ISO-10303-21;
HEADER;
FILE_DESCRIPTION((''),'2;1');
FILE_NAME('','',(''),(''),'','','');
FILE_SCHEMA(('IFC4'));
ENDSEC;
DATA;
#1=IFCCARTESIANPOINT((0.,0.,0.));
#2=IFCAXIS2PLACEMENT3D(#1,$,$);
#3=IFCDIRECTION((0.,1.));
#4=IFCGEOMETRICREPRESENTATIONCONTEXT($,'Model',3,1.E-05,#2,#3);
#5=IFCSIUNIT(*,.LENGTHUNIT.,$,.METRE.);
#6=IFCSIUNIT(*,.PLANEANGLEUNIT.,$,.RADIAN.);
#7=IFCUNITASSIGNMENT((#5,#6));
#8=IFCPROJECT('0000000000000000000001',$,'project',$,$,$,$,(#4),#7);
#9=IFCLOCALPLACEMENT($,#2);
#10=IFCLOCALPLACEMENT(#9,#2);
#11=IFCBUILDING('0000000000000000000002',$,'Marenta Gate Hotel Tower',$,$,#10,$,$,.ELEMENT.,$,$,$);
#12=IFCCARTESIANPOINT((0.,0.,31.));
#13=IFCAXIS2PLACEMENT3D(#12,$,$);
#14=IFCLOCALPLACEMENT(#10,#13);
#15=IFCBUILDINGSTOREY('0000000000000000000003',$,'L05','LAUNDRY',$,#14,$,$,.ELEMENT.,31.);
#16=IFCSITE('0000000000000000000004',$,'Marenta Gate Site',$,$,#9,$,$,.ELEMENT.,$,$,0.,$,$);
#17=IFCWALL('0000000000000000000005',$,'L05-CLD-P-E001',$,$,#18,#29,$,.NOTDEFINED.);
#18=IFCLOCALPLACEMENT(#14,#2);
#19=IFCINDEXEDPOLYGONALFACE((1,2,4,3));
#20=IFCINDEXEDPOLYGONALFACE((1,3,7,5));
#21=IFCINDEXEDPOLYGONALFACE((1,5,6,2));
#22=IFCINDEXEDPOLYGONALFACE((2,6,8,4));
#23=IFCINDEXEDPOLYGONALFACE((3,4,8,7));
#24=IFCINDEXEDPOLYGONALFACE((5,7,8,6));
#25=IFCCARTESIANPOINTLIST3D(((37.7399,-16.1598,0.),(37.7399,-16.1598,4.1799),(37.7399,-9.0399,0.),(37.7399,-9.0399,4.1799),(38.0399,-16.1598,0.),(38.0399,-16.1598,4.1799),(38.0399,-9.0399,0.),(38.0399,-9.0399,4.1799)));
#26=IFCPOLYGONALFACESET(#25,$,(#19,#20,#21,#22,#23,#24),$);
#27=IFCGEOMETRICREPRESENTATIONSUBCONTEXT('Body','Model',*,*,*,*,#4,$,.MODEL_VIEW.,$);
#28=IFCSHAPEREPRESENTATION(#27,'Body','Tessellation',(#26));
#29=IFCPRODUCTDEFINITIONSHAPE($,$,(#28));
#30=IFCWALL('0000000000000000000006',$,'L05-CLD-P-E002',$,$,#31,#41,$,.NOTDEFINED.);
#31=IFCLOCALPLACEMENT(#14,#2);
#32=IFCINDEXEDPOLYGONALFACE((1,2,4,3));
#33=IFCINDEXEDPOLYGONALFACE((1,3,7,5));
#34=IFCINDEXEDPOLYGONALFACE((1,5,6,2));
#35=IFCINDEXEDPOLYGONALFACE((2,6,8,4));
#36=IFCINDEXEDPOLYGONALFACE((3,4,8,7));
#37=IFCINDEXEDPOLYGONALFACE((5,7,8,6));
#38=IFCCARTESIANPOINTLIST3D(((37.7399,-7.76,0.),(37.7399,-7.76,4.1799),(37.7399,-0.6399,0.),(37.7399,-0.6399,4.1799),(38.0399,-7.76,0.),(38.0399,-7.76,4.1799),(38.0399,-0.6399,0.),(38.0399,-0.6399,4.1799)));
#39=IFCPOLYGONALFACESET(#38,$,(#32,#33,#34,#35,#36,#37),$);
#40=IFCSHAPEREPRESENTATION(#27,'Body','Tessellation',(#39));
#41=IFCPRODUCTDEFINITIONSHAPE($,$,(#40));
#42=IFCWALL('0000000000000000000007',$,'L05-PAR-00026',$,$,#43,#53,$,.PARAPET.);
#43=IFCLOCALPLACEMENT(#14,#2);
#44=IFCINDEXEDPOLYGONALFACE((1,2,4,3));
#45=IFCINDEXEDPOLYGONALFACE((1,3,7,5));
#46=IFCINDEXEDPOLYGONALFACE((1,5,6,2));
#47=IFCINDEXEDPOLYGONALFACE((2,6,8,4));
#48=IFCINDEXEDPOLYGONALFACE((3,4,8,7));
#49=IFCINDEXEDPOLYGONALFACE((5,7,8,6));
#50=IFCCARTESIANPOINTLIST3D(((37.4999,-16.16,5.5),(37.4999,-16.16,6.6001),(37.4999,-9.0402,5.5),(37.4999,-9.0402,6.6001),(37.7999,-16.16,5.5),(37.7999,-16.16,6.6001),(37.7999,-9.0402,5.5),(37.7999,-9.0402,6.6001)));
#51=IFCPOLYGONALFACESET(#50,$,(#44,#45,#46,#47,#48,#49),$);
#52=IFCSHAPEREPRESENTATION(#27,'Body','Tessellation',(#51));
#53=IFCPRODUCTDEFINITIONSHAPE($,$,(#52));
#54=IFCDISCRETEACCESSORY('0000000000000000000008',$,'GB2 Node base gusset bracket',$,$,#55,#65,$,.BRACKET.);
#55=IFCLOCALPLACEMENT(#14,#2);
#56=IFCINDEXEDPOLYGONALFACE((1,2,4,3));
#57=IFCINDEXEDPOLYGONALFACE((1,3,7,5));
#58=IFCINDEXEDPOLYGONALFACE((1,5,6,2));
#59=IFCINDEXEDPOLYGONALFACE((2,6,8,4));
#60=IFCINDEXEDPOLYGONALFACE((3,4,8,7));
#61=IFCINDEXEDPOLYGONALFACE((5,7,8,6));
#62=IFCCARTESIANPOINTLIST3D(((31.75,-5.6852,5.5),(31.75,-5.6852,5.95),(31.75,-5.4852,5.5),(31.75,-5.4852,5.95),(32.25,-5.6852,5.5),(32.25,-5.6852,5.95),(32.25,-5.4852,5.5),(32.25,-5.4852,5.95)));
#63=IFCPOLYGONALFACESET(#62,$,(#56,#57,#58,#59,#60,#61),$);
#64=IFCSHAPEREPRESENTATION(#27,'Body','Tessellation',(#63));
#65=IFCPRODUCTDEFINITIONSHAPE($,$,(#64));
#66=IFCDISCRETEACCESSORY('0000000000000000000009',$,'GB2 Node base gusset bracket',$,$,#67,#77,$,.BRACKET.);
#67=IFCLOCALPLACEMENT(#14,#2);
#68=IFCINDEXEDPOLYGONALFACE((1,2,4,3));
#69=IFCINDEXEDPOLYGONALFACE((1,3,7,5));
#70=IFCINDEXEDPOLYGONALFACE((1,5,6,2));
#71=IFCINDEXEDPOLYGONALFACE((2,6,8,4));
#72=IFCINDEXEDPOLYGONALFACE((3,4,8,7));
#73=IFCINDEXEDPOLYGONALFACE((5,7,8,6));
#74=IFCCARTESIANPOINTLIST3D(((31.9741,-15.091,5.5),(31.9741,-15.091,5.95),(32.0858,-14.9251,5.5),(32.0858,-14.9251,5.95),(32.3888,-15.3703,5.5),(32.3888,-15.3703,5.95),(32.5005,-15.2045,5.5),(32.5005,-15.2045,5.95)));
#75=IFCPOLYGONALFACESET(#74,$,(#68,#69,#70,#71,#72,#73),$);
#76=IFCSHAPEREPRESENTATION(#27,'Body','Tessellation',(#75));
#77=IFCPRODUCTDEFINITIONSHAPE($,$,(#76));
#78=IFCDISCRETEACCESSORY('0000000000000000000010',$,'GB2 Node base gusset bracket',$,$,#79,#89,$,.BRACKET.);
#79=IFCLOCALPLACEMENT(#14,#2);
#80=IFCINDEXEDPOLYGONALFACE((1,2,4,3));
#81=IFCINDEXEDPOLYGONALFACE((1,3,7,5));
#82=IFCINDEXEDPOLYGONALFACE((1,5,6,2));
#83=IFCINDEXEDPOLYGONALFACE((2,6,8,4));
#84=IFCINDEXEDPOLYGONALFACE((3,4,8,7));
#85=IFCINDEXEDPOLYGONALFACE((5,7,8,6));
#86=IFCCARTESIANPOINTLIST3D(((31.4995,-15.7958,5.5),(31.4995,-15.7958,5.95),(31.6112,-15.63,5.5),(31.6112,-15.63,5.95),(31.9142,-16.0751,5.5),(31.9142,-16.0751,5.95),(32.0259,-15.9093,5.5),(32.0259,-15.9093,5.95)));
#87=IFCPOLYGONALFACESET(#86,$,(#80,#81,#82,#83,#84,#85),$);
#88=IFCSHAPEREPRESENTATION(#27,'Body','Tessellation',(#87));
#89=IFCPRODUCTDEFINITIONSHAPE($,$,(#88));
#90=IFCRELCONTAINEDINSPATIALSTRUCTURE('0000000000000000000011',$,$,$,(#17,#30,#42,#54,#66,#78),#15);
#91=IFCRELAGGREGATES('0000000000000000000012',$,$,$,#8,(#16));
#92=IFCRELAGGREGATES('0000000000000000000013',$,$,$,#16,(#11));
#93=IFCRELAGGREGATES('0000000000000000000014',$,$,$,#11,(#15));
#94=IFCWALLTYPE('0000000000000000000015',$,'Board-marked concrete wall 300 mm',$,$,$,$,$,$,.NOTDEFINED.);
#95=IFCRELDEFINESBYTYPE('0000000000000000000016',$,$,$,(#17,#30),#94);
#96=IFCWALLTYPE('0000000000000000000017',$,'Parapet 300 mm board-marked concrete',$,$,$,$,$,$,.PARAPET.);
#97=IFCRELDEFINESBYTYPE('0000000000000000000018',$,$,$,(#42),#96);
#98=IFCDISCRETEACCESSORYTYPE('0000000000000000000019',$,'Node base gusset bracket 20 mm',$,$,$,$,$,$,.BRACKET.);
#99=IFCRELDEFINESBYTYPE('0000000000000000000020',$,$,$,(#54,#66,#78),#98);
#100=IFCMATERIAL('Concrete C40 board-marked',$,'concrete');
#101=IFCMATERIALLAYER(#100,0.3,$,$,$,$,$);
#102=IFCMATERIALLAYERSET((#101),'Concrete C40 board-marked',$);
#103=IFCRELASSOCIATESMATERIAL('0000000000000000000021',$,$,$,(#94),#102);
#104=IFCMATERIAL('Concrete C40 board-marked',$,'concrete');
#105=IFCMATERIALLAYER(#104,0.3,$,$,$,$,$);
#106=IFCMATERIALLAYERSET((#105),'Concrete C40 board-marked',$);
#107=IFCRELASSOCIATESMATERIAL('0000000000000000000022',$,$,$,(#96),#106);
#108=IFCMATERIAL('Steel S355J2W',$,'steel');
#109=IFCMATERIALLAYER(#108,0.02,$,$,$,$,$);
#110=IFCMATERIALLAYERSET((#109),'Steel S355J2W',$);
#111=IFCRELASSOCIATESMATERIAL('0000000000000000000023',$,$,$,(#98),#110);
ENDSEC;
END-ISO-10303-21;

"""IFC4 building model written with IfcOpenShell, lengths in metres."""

from ifc_helpers import new_model, si_unit, direction, frame, frame_2d, origin, origin_2d, place, context, subcontext, project, spatial, rectangle, extrude, material, layer, layer_set, type_object, element, save


model = new_model("IFC4")

# Units and contexts
model_context = context("Model", 3, precision=1e-05, world=origin(), true_north=direction((0.0, 1.0)))
body_context = subcontext(model_context, "Body", "Model", "MODEL_VIEW")
ifc_project = project(units=[si_unit("LENGTHUNIT", "METRE"), si_unit("PLANEANGLEUNIT", "RADIAN")], contexts=[model_context])

# Site, building, storey
site_placement = place(None, origin())
site = spatial("IfcSite", under=ifc_project, at=site_placement, Name="Marenta Gate Site", CompositionType="ELEMENT", RefElevation=0.0)
building_placement = place(site_placement, origin())
building = spatial("IfcBuilding", under=site, at=building_placement, Name="Marenta Gate Hotel Tower", CompositionType="ELEMENT")
storey_placement = place(building_placement, frame((0.0, 0.0, 31.0)))
storey = spatial("IfcBuildingStorey", under=building, at=storey_placement, Name="L05", Description="LAUNDRY", CompositionType="ELEMENT", Elevation=31.0)

# Walls
ifc_material_1 = material(Name="Concrete C40 board-marked", Category="concrete")
ifc_layer_1 = layer(ifc_material_1, 0.3)
ifc_layer_set_1 = layer_set([ifc_layer_1], Name="Concrete C40 board-marked")
wall_type_1 = type_object("IfcWallType", Name="Board-marked concrete wall 300 mm", PredefinedType="NOTDEFINED", material=ifc_layer_set_1)
wall_1_placement = place(storey_placement, frame((37.8899, -16.1599, 0.0), z_axis=(0.0, 0.0, 1.0), x_axis=(0.0, 1.0, 0.0)))
element("IfcWall", 1, at=wall_1_placement, inside=storey, type_object=wall_type_1, Name="L05-CLD-P-E001", PredefinedType="NOTDEFINED", context=body_context, shape_type="SweptSolid", body=[
    extrude(rectangle(XDim=7.1199, YDim=0.3, at=frame_2d((3.5601, 0.0))), origin(), (0.0, 0.0, 1.0), 4.1799),
])
wall_2_placement = place(storey_placement, frame((37.8899, -7.76, 0.0), z_axis=(0.0, 0.0, 1.0), x_axis=(0.0, 1.0, 0.0)))
element("IfcWall", 2, at=wall_2_placement, inside=storey, type_object=wall_type_1, Name="L05-CLD-P-E002", PredefinedType="NOTDEFINED", context=body_context, shape_type="SweptSolid", body=[
    extrude(rectangle(XDim=7.1201, YDim=0.3, at=frame_2d((3.5601, 0.0))), origin(), (0.0, 0.0, 1.0), 4.1799),
])
ifc_material_2 = material(Name="Concrete C40 board-marked", Category="concrete")
ifc_layer_2 = layer(ifc_material_2, 0.3)
ifc_layer_set_2 = layer_set([ifc_layer_2], Name="Concrete C40 board-marked")
wall_type_2 = type_object("IfcWallType", Name="Parapet 300 mm board-marked concrete", PredefinedType="PARAPET", material=ifc_layer_set_2)
wall_3_placement = place(storey_placement, frame((37.6499, -9.04, 5.5), z_axis=(0.0, 0.0, 1.0), x_axis=(0.0, -1.0, 0.0)))
element("IfcWall", 3, at=wall_3_placement, inside=storey, type_object=wall_type_2, Name="L05-PAR-00026", PredefinedType="PARAPET", context=body_context, shape_type="SweptSolid", body=[
    extrude(rectangle(XDim=7.1199, YDim=0.3, at=frame_2d((3.5601, 0.0))), origin(), (0.0, 0.0, 1.0), 1.1001),
])

# Discrete accessories
ifc_material_3 = material(Name="Steel S355J2W", Category="steel")
ifc_layer_3 = layer(ifc_material_3, 0.02)
ifc_layer_set_3 = layer_set([ifc_layer_3], Name="Steel S355J2W")
discrete_accessory_type = type_object("IfcDiscreteAccessoryType", Name="Node base gusset bracket 20 mm", PredefinedType="BRACKET", material=ifc_layer_set_3)
for number, where, z_axis, x_axis, name in (
    (4, (32.0, -5.5852, 5.5), (0.0, 0.0, 1.0), (0.0, -1.0, 0.0), "GB2 Node base gusset bracket"),
    (5, (32.2373, -15.1477, 5.5), (0.0, 0.0, 1.0), (-0.55867, -0.82939, 0.0), "GB2 Node base gusset bracket"),
    (6, (31.7627, -15.8525, 5.5), (0.0, 0.0, 1.0), (-0.55867, -0.82939, 0.0), "GB2 Node base gusset bracket"),
):
    element("IfcDiscreteAccessory", number, at=place(storey_placement, frame(where, z_axis=z_axis, x_axis=x_axis)), inside=storey, type_object=discrete_accessory_type, Name=name, PredefinedType="BRACKET", context=body_context, shape_type="SweptSolid", body=[
        extrude(rectangle(XDim=0.2, YDim=0.5, at=origin_2d()), origin(), (0.0, 0.0, 1.0), 0.45),
    ])

save(model, "model.ifc")
